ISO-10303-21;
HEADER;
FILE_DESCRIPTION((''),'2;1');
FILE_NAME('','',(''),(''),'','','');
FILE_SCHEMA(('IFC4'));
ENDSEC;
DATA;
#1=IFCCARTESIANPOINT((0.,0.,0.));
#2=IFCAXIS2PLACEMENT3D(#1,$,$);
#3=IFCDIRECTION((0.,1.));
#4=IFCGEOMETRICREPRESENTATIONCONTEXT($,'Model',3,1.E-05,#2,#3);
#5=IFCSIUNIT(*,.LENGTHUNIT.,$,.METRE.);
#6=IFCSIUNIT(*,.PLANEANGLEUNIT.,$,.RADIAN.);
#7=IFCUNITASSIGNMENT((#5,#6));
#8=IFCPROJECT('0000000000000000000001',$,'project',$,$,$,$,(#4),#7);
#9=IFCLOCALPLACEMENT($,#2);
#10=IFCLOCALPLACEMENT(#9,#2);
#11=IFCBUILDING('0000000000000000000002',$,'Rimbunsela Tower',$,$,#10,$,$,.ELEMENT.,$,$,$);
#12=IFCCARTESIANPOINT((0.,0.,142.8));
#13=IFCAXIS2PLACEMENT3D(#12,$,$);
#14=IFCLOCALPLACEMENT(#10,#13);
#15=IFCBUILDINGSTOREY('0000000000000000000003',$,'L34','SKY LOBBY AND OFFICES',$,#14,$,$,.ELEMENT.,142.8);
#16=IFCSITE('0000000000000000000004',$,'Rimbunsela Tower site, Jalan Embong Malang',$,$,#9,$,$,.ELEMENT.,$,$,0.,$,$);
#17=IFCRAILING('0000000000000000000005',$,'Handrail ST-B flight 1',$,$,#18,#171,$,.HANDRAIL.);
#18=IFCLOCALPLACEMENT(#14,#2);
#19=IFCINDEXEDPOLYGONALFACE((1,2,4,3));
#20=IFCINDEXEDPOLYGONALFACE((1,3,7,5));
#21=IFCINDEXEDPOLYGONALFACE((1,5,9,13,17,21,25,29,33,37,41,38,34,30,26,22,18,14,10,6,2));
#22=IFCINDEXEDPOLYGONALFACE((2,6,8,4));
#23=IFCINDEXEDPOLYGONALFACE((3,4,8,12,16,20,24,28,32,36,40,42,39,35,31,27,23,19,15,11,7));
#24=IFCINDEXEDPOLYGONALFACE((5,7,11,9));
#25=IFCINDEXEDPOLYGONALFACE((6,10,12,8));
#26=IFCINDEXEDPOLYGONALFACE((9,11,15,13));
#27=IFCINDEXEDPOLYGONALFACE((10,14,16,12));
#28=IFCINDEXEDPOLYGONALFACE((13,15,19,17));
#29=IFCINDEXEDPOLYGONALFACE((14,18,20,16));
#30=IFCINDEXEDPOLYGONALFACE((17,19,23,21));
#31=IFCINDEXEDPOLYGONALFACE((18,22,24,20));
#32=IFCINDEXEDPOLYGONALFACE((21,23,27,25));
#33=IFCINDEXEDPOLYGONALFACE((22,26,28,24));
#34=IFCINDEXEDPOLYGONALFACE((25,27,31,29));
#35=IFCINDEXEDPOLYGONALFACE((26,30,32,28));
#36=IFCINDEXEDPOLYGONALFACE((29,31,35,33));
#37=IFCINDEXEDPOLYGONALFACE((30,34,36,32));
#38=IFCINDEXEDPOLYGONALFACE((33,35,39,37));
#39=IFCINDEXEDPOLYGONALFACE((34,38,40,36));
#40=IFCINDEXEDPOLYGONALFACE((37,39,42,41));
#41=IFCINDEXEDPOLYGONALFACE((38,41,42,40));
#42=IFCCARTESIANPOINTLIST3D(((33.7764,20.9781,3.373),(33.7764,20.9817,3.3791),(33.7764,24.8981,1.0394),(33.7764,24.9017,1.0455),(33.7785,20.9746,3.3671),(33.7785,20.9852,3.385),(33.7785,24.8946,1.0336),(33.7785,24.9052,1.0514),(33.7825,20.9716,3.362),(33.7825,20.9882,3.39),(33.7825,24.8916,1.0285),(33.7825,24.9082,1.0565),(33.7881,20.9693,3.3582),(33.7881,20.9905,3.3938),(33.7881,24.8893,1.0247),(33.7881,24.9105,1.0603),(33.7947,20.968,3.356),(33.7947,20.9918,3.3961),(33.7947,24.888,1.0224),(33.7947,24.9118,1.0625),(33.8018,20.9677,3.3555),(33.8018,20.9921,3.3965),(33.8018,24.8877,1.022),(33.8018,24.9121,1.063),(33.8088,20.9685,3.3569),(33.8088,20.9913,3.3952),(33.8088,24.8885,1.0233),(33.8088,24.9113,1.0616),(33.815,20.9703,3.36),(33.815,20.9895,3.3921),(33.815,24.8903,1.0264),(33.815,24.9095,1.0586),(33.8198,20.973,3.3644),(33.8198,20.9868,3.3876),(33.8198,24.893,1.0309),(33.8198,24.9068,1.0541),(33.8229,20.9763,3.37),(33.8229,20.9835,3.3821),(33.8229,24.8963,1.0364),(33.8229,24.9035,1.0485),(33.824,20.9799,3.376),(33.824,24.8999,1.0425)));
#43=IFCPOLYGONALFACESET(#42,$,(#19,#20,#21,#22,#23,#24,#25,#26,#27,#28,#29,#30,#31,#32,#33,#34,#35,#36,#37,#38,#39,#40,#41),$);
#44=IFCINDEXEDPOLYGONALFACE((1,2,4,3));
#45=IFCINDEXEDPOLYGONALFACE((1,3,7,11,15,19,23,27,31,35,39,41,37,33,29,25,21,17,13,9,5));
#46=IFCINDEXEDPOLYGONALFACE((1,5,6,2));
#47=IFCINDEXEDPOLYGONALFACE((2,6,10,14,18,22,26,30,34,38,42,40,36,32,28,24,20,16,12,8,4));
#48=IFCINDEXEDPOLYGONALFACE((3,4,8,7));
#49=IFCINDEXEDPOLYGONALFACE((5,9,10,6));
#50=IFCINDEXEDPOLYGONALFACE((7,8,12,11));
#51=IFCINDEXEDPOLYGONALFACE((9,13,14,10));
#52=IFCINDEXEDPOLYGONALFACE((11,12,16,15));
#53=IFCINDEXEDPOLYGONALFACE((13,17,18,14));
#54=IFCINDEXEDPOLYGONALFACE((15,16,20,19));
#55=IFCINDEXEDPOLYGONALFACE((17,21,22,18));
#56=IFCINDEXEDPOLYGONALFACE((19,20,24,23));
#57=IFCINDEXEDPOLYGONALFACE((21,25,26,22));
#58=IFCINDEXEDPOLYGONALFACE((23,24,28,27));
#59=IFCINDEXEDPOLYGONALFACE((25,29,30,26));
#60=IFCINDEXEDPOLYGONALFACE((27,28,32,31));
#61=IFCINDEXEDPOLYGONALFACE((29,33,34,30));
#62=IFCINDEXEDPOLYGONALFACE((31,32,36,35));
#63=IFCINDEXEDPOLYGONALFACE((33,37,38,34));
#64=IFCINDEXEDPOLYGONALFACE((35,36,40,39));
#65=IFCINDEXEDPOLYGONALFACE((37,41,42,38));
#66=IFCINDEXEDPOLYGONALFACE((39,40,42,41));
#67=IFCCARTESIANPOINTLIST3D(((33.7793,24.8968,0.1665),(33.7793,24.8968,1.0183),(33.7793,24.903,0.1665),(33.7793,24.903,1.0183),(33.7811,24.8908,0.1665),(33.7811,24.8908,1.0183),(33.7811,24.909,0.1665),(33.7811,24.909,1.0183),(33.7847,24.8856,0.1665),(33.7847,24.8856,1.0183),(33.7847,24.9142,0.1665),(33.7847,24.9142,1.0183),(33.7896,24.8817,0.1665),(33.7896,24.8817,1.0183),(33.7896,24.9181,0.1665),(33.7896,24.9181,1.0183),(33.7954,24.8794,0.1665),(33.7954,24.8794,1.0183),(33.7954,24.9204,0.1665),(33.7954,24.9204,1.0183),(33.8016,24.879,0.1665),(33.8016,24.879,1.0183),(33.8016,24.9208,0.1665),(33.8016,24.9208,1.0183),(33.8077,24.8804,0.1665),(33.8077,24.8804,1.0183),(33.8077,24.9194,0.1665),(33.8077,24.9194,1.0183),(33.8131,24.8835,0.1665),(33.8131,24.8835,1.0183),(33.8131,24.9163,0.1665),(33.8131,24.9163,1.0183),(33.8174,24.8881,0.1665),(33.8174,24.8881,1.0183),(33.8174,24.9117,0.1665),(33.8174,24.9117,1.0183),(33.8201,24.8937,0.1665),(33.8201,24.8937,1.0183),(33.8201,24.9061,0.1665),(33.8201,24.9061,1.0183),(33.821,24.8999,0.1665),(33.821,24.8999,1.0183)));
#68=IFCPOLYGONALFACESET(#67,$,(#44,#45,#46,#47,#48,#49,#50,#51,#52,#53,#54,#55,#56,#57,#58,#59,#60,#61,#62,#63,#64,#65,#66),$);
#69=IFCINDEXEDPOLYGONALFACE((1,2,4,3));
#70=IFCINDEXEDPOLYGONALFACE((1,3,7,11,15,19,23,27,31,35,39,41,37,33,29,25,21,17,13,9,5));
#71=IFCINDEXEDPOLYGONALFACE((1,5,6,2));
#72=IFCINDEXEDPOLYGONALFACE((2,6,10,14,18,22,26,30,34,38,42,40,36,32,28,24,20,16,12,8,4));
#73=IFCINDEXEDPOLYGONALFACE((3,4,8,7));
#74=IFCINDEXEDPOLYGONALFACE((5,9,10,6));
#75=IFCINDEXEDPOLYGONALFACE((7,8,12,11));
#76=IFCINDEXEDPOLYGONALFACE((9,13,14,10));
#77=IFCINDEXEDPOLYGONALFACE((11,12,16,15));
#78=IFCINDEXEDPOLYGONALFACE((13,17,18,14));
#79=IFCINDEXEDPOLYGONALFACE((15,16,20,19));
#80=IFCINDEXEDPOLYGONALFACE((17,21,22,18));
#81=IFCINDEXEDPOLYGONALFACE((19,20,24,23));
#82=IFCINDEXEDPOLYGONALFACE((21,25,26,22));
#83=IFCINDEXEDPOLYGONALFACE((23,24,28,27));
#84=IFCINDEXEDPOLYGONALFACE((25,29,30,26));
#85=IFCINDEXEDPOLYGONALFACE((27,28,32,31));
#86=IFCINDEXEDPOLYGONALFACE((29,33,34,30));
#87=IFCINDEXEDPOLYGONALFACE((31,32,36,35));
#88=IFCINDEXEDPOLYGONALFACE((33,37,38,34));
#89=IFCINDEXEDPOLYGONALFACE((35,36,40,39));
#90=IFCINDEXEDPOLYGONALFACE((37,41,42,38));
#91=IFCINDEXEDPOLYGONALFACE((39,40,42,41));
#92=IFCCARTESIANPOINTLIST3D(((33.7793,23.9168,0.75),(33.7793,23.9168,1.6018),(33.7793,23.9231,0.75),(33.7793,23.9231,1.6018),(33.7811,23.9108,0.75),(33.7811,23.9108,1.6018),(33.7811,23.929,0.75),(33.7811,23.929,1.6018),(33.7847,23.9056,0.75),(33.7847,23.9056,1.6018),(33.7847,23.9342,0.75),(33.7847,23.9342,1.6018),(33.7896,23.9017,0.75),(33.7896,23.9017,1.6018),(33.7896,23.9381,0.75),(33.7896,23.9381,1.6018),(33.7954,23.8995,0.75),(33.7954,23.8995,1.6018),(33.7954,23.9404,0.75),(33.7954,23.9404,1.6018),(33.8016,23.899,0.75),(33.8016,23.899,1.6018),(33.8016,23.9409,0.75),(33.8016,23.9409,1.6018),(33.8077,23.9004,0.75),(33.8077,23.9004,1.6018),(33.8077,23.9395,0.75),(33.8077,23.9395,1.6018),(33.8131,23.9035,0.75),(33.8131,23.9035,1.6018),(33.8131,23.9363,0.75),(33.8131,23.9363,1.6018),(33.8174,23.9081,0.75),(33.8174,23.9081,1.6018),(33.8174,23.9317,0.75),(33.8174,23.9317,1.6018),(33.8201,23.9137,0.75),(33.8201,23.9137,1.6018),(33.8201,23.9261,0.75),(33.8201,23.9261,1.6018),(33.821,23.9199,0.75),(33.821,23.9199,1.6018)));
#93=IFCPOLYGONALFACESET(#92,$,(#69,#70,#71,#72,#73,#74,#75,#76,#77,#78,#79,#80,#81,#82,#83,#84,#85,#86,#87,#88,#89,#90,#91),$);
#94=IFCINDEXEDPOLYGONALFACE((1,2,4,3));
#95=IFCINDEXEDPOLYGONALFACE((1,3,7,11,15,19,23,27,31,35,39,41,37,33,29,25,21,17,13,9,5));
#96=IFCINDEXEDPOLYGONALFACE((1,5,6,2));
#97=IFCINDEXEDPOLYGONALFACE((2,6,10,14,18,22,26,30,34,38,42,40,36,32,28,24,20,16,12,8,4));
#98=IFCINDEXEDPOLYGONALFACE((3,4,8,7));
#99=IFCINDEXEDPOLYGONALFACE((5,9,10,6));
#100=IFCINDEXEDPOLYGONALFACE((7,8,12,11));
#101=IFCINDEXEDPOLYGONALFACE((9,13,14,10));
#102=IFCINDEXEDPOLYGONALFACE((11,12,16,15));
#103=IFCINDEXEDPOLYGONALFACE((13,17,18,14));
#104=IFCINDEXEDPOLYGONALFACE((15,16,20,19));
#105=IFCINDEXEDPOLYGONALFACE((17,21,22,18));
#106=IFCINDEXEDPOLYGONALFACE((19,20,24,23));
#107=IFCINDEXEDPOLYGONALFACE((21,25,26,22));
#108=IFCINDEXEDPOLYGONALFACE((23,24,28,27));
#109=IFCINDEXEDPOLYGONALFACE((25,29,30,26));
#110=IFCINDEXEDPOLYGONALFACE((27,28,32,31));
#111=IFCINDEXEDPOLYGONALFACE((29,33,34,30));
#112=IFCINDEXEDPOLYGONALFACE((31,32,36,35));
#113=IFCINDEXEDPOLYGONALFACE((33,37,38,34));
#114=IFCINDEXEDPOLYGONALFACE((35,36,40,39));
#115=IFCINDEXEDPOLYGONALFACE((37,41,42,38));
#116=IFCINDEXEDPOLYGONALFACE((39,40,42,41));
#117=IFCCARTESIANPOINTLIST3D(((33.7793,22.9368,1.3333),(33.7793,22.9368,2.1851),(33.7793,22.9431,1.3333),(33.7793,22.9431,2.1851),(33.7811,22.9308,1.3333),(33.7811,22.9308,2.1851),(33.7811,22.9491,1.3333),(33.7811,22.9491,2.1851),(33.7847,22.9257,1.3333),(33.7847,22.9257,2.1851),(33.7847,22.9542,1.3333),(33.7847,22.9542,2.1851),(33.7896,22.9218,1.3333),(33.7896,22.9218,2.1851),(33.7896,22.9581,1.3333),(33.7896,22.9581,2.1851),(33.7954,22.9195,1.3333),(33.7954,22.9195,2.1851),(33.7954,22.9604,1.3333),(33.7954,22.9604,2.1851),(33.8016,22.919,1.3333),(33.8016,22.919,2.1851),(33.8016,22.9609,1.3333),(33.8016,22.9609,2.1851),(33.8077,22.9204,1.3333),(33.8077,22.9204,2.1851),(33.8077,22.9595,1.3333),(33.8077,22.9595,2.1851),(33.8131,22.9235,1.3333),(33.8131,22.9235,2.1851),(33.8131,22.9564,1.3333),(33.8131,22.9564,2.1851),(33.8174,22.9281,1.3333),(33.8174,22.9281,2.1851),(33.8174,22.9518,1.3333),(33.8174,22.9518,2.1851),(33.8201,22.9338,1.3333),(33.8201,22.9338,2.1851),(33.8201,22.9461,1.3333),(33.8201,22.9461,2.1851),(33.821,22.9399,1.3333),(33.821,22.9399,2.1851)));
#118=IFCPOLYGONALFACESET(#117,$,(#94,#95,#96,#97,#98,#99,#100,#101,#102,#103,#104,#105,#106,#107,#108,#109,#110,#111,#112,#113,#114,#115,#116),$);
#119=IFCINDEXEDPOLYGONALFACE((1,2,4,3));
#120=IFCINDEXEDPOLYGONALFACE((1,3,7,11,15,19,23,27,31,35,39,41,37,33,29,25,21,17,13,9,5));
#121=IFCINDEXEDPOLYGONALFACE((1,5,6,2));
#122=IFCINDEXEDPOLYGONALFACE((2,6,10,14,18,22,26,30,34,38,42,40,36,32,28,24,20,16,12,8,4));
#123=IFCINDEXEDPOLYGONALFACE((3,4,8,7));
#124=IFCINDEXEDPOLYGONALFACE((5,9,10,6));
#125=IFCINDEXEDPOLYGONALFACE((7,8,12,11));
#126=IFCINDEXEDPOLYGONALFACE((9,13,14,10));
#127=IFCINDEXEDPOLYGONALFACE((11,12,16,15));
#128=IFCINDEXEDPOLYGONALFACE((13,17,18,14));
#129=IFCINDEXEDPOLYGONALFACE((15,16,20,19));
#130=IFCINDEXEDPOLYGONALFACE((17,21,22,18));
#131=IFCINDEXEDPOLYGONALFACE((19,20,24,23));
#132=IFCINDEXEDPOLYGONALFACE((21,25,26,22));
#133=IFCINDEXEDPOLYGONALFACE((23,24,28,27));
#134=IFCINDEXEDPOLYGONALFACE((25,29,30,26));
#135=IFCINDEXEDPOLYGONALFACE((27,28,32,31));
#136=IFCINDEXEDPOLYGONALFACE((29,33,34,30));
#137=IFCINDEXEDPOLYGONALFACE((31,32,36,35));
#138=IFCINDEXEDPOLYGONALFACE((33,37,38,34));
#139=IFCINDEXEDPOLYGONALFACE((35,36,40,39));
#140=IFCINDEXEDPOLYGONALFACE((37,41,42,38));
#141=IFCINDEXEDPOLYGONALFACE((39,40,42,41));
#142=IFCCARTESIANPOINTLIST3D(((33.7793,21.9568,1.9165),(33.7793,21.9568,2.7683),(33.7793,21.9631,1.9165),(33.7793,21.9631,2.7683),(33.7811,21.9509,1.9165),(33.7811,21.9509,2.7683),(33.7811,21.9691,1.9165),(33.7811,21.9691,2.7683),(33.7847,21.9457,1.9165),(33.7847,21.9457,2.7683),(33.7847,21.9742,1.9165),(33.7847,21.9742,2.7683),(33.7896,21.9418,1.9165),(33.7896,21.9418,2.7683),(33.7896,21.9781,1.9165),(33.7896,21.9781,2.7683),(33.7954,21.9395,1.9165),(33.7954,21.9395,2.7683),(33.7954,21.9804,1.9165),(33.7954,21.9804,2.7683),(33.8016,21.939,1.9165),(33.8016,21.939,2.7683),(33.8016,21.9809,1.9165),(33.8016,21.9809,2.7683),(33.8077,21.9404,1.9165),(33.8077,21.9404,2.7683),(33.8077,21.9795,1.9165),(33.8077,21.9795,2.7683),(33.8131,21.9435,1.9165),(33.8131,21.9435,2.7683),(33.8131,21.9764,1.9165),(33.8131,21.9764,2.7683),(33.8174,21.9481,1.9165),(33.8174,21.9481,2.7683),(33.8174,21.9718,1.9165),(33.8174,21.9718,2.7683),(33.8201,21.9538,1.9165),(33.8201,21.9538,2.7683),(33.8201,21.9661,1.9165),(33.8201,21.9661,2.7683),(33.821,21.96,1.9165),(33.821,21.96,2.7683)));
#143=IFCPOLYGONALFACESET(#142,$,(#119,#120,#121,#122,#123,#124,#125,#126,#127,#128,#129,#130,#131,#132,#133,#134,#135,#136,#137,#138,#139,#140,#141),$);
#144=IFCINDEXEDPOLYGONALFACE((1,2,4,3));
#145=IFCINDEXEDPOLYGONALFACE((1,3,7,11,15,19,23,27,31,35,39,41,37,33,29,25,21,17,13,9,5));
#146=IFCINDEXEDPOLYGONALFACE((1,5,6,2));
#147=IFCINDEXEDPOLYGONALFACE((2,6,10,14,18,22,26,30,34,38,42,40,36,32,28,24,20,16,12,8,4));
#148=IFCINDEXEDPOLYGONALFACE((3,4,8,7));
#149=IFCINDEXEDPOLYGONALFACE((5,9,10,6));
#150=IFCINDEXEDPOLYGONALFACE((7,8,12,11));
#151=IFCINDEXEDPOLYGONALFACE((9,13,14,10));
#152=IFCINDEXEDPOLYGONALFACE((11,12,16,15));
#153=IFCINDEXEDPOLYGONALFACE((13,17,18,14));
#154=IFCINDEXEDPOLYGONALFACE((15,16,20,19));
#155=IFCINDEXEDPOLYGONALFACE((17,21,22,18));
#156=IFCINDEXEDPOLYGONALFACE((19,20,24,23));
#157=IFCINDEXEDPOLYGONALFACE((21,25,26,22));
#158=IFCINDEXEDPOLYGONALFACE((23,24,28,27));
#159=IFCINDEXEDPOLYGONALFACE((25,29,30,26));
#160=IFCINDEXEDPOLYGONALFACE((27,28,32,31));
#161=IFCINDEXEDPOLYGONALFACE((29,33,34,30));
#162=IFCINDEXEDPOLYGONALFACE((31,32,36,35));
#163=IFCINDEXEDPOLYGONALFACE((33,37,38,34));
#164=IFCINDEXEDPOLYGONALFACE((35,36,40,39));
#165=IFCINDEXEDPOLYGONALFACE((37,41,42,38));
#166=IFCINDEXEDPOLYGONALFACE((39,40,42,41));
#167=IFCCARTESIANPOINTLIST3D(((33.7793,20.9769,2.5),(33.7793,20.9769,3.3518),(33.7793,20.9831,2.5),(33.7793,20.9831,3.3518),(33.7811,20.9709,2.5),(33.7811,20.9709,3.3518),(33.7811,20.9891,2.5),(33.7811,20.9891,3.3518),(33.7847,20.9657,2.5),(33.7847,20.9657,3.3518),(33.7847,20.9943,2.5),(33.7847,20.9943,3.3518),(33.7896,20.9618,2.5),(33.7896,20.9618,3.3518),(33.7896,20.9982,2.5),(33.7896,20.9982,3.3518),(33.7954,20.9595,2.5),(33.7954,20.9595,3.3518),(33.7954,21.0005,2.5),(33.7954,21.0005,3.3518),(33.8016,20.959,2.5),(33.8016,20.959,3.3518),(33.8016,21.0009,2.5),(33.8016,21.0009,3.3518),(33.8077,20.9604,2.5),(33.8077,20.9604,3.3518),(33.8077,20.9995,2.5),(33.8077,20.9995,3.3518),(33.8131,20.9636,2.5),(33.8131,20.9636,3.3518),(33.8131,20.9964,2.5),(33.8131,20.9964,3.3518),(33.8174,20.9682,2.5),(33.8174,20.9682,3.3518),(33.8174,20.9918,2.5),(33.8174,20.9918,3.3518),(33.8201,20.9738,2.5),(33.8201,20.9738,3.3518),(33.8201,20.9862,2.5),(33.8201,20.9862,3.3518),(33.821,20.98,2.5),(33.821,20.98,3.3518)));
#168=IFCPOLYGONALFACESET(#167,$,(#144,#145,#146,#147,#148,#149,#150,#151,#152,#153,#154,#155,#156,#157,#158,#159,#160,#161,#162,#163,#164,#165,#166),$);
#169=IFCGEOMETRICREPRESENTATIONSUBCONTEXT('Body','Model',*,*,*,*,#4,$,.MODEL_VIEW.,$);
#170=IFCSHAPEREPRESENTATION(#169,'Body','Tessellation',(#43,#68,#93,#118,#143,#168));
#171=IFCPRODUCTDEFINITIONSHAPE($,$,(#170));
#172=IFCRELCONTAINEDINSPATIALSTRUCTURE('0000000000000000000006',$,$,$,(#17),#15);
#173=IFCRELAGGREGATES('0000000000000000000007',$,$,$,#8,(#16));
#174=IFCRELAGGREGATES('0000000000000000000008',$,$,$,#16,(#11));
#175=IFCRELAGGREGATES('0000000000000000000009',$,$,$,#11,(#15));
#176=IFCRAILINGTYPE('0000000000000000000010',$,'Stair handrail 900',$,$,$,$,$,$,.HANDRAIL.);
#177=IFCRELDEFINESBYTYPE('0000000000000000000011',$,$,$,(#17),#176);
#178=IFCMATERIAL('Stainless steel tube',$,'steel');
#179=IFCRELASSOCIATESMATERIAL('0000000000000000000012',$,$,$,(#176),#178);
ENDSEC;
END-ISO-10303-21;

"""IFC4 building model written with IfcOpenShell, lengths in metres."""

from ifc_helpers import new_model, si_unit, direction, frame, origin, origin_2d, place, context, subcontext, project, spatial, circle, extrude, material, type_object, element, save


model = new_model("IFC4")

# Units and contexts
model_context = context("Model", 3, precision=1e-05, world=origin(), true_north=direction((0.0, 1.0)))
body_context = subcontext(model_context, "Body", "Model", "MODEL_VIEW")
ifc_project = project(units=[si_unit("LENGTHUNIT", "METRE"), si_unit("PLANEANGLEUNIT", "RADIAN")], contexts=[model_context])

# Site, building, storey
site_placement = place(None, origin())
site = spatial("IfcSite", under=ifc_project, at=site_placement, Name="Rimbunsela Tower site, Jalan Embong Malang", CompositionType="ELEMENT", RefElevation=0.0)
building_placement = place(site_placement, origin())
building = spatial("IfcBuilding", under=site, at=building_placement, Name="Rimbunsela Tower", CompositionType="ELEMENT")
storey_placement = place(building_placement, frame((0.0, 0.0, 142.8)))
storey = spatial("IfcBuildingStorey", under=building, at=storey_placement, Name="L34", Description="SKY LOBBY AND OFFICES", CompositionType="ELEMENT", Elevation=142.8)

# Railing
ifc_material_1 = material(Name="Stainless steel tube", Category="steel")
railing_type = type_object("IfcRailingType", Name="Stair handrail 900", PredefinedType="HANDRAIL", material=ifc_material_1)
railing_placement = place(storey_placement, frame((33.8, 24.8999, 0.1665)))
element("IfcRailing", 1, at=railing_placement, inside=storey, type_object=railing_type, Name="Handrail ST-B flight 1", PredefinedType="HANDRAIL", context=body_context, shape_type="SweptSolid", body=[
    extrude(circle(Radius=0.0239, at=origin_2d()), frame((0.0, 0.0, 0.876), z_axis=(0.0, -0.859273, 0.511518), x_axis=(1.0, 0.0, 0.0)), (0.0, 0.0, 1.0), 4.562),
    extrude(circle(Radius=0.021, at=origin_2d()), origin(), (0.0, 0.0, 1.0), 0.8518),
    extrude(circle(Radius=0.021, at=origin_2d()), frame((0.0, -0.98, 0.5835)), (0.0, 0.0, 1.0), 0.8518),
    extrude(circle(Radius=0.021, at=origin_2d()), frame((0.0, -1.96, 1.1667)), (0.0, 0.0, 1.0), 0.8518),
    extrude(circle(Radius=0.021, at=origin_2d()), frame((0.0, -2.9399, 1.75)), (0.0, 0.0, 1.0), 0.8518),
    extrude(circle(Radius=0.021, at=origin_2d()), frame((0.0, -3.9199, 2.3335)), (0.0, 0.0, 1.0), 0.8518),
])

save(model, "model.ifc")
